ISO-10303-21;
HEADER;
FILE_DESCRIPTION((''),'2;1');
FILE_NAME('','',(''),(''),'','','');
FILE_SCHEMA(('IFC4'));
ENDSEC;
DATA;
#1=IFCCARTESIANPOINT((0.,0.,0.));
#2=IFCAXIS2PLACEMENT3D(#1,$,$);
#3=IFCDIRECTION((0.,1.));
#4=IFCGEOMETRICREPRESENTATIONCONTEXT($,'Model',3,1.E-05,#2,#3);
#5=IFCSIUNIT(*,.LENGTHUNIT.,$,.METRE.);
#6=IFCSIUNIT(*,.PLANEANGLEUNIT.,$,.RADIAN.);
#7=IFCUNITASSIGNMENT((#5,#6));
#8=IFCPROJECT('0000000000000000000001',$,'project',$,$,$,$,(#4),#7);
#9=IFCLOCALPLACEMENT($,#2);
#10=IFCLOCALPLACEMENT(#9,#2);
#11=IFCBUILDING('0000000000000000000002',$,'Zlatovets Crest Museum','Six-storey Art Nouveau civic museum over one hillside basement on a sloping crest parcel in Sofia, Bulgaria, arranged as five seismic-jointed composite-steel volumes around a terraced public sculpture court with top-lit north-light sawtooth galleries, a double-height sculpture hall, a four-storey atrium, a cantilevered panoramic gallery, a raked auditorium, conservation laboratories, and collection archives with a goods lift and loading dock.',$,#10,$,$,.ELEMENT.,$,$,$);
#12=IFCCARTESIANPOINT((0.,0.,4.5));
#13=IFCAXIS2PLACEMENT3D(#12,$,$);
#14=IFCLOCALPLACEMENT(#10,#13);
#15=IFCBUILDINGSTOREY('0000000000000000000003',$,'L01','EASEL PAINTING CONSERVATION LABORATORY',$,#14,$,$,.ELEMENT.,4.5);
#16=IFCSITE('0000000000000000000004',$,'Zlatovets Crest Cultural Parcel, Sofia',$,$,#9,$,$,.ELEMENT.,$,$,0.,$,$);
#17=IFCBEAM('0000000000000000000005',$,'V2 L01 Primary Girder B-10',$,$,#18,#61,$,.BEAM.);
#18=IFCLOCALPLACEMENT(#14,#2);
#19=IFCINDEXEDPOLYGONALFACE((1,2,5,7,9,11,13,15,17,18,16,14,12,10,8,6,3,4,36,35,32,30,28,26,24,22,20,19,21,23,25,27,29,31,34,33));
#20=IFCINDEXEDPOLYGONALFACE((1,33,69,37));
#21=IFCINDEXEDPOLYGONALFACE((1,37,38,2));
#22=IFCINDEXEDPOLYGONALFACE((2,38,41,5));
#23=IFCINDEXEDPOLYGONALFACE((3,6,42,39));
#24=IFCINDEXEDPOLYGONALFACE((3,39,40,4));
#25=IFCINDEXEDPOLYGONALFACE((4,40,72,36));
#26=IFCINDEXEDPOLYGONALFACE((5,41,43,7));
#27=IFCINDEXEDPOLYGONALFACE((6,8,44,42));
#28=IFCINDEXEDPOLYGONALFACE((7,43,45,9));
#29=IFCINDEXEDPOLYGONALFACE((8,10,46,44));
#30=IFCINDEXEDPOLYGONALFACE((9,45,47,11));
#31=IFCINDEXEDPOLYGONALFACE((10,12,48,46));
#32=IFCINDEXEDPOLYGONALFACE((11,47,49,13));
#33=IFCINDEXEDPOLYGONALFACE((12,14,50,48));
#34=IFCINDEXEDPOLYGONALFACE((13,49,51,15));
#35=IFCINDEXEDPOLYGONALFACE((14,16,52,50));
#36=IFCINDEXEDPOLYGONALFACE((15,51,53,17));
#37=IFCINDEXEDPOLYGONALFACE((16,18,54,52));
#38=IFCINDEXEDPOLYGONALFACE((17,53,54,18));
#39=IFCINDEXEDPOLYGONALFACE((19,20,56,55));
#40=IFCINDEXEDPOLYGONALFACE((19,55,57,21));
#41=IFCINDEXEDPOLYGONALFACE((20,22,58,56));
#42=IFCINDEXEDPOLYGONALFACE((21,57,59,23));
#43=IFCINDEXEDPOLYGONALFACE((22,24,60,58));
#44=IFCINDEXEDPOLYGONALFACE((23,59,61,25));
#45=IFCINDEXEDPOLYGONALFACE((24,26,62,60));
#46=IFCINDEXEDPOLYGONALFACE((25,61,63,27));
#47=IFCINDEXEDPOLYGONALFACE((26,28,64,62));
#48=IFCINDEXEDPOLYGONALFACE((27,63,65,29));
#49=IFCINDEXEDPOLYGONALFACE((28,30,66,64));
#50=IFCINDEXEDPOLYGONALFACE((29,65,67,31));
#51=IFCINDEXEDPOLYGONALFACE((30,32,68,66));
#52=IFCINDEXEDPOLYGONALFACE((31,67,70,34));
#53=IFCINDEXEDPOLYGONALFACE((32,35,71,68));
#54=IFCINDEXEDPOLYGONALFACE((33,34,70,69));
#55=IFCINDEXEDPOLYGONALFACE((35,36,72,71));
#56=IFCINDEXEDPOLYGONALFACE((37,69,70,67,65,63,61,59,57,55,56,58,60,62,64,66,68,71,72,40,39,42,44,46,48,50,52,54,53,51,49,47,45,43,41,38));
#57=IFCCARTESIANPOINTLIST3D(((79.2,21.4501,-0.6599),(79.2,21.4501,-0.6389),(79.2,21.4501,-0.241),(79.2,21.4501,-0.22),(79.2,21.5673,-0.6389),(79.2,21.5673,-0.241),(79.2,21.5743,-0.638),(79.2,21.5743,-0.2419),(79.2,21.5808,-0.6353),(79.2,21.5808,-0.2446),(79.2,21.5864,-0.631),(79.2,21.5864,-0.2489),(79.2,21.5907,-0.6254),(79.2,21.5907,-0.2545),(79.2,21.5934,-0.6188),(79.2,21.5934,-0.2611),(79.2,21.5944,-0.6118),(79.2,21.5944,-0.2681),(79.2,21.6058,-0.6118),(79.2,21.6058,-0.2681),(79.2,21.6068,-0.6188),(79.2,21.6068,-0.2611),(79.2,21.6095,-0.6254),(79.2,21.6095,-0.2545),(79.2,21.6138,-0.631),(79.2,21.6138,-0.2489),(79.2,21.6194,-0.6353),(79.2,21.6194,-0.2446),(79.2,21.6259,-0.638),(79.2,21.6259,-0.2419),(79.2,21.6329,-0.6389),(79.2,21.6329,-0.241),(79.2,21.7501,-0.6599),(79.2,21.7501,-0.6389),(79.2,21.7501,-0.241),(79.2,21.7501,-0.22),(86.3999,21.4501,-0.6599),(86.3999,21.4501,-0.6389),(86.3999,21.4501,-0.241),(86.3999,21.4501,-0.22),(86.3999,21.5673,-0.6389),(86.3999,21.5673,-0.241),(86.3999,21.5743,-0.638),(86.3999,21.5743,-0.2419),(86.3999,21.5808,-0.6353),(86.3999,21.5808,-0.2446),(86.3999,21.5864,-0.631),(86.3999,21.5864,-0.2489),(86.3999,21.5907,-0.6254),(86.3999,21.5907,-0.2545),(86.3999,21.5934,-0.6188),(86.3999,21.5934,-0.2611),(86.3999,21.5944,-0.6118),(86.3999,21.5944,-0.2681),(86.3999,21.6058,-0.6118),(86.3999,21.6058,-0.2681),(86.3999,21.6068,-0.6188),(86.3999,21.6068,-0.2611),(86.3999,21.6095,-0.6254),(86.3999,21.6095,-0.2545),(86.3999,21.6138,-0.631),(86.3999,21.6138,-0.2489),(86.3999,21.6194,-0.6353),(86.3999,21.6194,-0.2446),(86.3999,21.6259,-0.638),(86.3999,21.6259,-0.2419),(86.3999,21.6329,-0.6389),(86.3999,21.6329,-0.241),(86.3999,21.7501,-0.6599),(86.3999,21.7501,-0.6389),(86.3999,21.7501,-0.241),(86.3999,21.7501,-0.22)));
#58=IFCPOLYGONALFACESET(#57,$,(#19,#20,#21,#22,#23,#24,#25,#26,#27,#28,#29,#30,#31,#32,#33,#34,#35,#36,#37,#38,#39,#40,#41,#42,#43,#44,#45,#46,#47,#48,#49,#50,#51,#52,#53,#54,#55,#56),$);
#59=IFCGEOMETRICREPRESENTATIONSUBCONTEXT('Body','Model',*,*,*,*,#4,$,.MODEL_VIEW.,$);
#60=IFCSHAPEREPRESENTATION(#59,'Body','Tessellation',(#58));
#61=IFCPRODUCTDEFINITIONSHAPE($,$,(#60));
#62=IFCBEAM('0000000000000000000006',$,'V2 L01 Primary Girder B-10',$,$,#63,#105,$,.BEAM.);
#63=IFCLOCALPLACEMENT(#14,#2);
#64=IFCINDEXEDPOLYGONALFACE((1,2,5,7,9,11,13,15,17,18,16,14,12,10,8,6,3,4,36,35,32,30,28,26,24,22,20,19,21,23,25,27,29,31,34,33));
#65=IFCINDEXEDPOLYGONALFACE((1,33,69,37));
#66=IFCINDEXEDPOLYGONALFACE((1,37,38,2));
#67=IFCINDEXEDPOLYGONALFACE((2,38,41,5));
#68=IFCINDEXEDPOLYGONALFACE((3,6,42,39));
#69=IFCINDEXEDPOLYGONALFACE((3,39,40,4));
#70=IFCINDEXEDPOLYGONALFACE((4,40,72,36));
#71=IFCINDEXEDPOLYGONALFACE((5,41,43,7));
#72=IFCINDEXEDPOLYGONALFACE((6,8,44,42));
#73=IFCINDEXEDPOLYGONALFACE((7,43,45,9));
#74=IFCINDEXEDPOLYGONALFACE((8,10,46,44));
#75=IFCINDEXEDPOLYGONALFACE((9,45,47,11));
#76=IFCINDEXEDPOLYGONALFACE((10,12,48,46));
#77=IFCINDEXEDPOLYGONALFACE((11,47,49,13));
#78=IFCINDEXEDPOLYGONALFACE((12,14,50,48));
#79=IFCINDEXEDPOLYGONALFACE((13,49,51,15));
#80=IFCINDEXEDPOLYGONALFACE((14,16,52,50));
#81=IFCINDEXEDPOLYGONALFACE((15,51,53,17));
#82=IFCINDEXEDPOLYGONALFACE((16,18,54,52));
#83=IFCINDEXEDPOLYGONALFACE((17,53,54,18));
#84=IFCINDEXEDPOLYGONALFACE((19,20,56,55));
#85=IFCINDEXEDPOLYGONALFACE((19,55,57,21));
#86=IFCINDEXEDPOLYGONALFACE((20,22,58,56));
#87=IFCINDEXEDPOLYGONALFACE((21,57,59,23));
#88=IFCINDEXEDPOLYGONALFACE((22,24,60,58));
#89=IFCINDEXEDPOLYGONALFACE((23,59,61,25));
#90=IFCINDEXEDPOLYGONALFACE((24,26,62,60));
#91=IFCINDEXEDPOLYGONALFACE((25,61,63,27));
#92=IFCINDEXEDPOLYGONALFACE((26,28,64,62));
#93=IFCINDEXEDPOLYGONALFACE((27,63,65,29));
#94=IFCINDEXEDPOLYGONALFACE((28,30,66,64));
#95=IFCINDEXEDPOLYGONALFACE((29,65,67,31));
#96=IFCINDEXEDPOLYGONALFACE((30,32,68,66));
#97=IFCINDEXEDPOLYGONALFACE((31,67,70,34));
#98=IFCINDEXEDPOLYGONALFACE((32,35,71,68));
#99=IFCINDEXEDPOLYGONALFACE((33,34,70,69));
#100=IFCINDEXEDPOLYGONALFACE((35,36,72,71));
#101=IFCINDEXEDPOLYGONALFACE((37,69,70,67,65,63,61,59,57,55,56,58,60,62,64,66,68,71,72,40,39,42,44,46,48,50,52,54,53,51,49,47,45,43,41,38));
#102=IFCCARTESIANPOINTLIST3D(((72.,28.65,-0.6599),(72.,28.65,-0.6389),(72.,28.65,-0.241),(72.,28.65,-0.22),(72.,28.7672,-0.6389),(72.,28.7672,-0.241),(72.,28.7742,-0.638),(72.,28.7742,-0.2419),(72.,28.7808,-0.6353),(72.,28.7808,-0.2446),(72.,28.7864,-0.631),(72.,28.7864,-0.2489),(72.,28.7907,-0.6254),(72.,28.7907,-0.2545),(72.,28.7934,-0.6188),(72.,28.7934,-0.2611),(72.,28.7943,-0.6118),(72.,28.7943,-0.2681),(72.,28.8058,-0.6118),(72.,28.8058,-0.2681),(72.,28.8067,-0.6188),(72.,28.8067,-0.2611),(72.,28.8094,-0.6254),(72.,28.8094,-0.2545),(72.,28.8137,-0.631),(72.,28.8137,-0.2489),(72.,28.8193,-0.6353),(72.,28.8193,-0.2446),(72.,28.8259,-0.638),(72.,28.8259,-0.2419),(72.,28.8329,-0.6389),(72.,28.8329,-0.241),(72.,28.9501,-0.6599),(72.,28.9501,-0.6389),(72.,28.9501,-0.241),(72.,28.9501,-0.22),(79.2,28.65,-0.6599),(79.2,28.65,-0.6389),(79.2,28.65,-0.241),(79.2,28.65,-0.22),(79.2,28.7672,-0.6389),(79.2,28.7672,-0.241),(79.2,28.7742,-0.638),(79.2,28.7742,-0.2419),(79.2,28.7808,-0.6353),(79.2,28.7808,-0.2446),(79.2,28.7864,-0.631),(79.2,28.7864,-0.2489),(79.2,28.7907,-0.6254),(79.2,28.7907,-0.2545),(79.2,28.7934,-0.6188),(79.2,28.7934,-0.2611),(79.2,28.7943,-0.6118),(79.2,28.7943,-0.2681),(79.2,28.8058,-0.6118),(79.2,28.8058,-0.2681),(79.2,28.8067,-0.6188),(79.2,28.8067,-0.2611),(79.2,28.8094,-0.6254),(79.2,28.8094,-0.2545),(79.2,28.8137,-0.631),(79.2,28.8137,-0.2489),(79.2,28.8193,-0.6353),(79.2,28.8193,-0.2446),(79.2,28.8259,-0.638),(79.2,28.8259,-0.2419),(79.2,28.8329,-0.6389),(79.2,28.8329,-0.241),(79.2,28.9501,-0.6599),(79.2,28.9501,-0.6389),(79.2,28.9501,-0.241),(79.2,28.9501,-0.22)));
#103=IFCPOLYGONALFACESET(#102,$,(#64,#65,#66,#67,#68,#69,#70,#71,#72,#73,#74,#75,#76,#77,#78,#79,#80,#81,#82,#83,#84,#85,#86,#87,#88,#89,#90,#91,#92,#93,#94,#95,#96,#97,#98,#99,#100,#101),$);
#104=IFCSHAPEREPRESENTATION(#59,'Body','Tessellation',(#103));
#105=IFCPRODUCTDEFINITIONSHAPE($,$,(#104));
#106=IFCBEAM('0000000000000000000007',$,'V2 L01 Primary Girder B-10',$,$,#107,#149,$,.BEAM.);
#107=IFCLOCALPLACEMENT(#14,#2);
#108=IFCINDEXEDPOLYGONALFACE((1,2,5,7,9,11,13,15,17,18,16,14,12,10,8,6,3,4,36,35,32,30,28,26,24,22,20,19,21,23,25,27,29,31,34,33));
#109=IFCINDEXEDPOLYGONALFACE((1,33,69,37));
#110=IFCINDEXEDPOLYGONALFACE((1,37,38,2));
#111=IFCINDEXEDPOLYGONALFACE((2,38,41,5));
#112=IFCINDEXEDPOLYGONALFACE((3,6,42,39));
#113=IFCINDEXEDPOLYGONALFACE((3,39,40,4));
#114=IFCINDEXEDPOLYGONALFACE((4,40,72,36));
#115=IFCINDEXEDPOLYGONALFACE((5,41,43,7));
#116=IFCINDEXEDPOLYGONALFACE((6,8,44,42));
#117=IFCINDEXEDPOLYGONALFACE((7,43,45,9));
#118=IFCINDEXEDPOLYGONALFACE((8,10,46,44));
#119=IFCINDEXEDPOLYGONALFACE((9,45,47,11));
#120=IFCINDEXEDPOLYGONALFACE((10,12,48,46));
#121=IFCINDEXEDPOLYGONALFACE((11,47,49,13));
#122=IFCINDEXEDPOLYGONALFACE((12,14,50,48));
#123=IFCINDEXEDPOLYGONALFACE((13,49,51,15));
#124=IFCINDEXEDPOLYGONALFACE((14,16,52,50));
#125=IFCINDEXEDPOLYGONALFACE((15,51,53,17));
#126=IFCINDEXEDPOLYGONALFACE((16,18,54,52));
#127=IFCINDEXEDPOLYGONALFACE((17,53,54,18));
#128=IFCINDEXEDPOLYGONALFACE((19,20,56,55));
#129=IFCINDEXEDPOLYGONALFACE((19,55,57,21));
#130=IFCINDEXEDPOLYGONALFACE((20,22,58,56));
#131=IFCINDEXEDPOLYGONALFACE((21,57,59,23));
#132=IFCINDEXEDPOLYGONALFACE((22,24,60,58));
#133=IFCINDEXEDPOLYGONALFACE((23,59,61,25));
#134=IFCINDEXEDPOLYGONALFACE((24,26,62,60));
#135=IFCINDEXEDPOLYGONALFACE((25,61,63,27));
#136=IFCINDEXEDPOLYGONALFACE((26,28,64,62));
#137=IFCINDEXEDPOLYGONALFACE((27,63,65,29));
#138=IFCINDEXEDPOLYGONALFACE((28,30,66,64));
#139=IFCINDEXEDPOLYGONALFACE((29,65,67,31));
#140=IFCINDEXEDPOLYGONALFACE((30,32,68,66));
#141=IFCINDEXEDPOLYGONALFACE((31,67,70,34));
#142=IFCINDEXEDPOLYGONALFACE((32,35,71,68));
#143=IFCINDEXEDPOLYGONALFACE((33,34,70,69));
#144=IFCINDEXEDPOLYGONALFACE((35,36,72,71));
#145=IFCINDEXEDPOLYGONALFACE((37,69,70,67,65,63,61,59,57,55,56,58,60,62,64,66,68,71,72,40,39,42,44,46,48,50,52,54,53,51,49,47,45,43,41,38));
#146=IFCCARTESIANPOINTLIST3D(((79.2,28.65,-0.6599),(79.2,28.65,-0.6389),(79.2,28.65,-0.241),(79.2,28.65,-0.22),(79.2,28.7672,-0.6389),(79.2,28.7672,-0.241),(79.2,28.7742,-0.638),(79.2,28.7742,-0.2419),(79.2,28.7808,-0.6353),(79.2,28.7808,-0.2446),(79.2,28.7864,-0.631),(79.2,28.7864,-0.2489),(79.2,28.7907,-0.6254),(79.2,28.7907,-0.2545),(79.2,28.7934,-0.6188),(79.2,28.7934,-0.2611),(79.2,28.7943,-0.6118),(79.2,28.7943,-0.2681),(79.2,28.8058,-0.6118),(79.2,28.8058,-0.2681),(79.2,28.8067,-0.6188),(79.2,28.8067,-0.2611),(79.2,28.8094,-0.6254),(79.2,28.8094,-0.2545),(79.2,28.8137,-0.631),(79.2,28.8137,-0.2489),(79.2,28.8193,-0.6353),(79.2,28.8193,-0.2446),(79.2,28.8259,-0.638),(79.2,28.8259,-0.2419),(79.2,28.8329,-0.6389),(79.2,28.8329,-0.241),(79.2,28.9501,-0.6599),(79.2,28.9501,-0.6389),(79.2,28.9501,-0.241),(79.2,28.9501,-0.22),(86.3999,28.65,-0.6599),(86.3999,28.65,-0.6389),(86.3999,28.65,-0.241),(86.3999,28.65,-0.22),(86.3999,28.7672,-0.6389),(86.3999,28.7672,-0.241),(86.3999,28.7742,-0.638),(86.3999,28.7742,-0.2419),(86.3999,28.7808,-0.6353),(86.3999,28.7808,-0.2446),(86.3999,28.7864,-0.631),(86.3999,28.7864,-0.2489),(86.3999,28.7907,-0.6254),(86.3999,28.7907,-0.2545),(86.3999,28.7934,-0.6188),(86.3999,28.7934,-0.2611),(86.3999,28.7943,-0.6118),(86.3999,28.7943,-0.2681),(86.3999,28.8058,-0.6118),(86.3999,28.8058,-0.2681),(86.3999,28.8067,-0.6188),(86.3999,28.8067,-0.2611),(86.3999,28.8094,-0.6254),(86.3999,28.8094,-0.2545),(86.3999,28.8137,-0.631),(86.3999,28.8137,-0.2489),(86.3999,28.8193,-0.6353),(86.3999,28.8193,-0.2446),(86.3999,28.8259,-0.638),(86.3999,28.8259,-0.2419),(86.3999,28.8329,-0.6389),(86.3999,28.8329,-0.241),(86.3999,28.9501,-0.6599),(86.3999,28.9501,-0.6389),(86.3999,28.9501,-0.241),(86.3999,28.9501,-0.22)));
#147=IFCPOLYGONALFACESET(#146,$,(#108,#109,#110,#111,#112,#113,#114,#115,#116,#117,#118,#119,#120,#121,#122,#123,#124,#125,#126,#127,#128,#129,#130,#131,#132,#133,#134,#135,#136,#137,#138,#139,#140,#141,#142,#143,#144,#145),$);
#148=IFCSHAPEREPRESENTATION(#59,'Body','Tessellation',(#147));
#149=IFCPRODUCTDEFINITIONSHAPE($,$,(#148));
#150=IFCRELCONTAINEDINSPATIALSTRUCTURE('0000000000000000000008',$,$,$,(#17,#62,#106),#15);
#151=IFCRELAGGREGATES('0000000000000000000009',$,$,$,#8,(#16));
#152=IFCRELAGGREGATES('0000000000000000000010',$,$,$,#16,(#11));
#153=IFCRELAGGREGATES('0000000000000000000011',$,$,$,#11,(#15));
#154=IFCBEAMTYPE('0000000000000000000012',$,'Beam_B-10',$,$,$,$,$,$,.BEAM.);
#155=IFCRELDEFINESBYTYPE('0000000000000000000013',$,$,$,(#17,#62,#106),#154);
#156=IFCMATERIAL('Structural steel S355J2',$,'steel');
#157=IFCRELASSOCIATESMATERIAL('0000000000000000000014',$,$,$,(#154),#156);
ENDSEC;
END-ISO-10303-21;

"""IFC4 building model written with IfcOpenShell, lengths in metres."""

from ifc_helpers import new_model, si_unit, direction, frame, origin, origin_2d, place, context, subcontext, project, spatial, i_section, extrude, material, material_profile, profile_set, type_object, element, save


model = new_model("IFC4")

# Units and contexts
model_context = context("Model", 3, precision=1e-05, world=origin(), true_north=direction((0.0, 1.0)))
body_context = subcontext(model_context, "Body", "Model", "MODEL_VIEW")
ifc_project = project(units=[si_unit("LENGTHUNIT", "METRE"), si_unit("PLANEANGLEUNIT", "RADIAN")], contexts=[model_context])

# Site, building, storey
site_placement = place(None, origin())
site = spatial("IfcSite", under=ifc_project, at=site_placement, Name="Zlatovets Crest Cultural Parcel, Sofia", CompositionType="ELEMENT", RefElevation=0.0)
building_placement = place(site_placement, origin())
building = spatial("IfcBuilding", under=site, at=building_placement, Name="Zlatovets Crest Museum", Description="Six-storey Art Nouveau civic museum over one hillside basement on a sloping crest parcel in Sofia, Bulgaria, arranged as five seismic-jointed composite-steel volumes around a terraced public sculpture court with top-lit north-light sawtooth galleries, a double-height sculpture hall, a four-storey atrium, a cantilevered panoramic gallery, a raked auditorium, conservation laboratories, and collection archives with a goods lift and loading dock.", CompositionType="ELEMENT")
storey_placement = place(building_placement, frame((0.0, 0.0, 4.5)))
storey = spatial("IfcBuildingStorey", under=building, at=storey_placement, Name="L01", Description="EASEL PAINTING CONSERVATION LABORATORY", CompositionType="ELEMENT", Elevation=4.5)

# Shared definitions
ifc_material_1 = material(Name="Structural steel S355J2", Category="steel")

# Beams
ifc_material_profile_1 = material_profile(ifc_material_1, i_section(OverallWidth=0.3, OverallDepth=0.4399, WebThickness=0.0115, FlangeThickness=0.021, FilletRadius=0.0271, at=origin_2d()), Name="HEA 450")
ifc_profile_set_1 = profile_set([ifc_material_profile_1], Name="Structural steel S355J2")
beam_type_1 = type_object("IfcBeamType", Name="Beam_B-10", PredefinedType="BEAM", material=ifc_profile_set_1)
for number, where, z_axis, x_axis, name in (
    (1, (79.2, 21.6001, -0.4399), (1.0, 0.0, 0.0), (0.0, 1.0, 0.0), "V2 L01 Primary Girder B-10"),
    (2, (72.0, 28.8, -0.4399), (1.0, 0.0, 0.0), (0.0, 1.0, 0.0), "V2 L01 Primary Girder B-10"),
    (3, (79.2, 28.8, -0.4399), (1.0, 0.0, 0.0), (0.0, 1.0, 0.0), "V2 L01 Primary Girder B-10"),
):
    element("IfcBeam", number, at=place(storey_placement, frame(where, z_axis=z_axis, x_axis=x_axis)), inside=storey, type_object=beam_type_1, Name=name, PredefinedType="BEAM", context=body_context, shape_type="SweptSolid", body=[
        extrude(i_section(OverallWidth=0.3, OverallDepth=0.4399, WebThickness=0.0115, FlangeThickness=0.021, FilletRadius=0.0271, at=origin_2d()), origin(), (0.0, 0.0, 1.0), 7.2),
    ])

save(model, "model.ifc")
